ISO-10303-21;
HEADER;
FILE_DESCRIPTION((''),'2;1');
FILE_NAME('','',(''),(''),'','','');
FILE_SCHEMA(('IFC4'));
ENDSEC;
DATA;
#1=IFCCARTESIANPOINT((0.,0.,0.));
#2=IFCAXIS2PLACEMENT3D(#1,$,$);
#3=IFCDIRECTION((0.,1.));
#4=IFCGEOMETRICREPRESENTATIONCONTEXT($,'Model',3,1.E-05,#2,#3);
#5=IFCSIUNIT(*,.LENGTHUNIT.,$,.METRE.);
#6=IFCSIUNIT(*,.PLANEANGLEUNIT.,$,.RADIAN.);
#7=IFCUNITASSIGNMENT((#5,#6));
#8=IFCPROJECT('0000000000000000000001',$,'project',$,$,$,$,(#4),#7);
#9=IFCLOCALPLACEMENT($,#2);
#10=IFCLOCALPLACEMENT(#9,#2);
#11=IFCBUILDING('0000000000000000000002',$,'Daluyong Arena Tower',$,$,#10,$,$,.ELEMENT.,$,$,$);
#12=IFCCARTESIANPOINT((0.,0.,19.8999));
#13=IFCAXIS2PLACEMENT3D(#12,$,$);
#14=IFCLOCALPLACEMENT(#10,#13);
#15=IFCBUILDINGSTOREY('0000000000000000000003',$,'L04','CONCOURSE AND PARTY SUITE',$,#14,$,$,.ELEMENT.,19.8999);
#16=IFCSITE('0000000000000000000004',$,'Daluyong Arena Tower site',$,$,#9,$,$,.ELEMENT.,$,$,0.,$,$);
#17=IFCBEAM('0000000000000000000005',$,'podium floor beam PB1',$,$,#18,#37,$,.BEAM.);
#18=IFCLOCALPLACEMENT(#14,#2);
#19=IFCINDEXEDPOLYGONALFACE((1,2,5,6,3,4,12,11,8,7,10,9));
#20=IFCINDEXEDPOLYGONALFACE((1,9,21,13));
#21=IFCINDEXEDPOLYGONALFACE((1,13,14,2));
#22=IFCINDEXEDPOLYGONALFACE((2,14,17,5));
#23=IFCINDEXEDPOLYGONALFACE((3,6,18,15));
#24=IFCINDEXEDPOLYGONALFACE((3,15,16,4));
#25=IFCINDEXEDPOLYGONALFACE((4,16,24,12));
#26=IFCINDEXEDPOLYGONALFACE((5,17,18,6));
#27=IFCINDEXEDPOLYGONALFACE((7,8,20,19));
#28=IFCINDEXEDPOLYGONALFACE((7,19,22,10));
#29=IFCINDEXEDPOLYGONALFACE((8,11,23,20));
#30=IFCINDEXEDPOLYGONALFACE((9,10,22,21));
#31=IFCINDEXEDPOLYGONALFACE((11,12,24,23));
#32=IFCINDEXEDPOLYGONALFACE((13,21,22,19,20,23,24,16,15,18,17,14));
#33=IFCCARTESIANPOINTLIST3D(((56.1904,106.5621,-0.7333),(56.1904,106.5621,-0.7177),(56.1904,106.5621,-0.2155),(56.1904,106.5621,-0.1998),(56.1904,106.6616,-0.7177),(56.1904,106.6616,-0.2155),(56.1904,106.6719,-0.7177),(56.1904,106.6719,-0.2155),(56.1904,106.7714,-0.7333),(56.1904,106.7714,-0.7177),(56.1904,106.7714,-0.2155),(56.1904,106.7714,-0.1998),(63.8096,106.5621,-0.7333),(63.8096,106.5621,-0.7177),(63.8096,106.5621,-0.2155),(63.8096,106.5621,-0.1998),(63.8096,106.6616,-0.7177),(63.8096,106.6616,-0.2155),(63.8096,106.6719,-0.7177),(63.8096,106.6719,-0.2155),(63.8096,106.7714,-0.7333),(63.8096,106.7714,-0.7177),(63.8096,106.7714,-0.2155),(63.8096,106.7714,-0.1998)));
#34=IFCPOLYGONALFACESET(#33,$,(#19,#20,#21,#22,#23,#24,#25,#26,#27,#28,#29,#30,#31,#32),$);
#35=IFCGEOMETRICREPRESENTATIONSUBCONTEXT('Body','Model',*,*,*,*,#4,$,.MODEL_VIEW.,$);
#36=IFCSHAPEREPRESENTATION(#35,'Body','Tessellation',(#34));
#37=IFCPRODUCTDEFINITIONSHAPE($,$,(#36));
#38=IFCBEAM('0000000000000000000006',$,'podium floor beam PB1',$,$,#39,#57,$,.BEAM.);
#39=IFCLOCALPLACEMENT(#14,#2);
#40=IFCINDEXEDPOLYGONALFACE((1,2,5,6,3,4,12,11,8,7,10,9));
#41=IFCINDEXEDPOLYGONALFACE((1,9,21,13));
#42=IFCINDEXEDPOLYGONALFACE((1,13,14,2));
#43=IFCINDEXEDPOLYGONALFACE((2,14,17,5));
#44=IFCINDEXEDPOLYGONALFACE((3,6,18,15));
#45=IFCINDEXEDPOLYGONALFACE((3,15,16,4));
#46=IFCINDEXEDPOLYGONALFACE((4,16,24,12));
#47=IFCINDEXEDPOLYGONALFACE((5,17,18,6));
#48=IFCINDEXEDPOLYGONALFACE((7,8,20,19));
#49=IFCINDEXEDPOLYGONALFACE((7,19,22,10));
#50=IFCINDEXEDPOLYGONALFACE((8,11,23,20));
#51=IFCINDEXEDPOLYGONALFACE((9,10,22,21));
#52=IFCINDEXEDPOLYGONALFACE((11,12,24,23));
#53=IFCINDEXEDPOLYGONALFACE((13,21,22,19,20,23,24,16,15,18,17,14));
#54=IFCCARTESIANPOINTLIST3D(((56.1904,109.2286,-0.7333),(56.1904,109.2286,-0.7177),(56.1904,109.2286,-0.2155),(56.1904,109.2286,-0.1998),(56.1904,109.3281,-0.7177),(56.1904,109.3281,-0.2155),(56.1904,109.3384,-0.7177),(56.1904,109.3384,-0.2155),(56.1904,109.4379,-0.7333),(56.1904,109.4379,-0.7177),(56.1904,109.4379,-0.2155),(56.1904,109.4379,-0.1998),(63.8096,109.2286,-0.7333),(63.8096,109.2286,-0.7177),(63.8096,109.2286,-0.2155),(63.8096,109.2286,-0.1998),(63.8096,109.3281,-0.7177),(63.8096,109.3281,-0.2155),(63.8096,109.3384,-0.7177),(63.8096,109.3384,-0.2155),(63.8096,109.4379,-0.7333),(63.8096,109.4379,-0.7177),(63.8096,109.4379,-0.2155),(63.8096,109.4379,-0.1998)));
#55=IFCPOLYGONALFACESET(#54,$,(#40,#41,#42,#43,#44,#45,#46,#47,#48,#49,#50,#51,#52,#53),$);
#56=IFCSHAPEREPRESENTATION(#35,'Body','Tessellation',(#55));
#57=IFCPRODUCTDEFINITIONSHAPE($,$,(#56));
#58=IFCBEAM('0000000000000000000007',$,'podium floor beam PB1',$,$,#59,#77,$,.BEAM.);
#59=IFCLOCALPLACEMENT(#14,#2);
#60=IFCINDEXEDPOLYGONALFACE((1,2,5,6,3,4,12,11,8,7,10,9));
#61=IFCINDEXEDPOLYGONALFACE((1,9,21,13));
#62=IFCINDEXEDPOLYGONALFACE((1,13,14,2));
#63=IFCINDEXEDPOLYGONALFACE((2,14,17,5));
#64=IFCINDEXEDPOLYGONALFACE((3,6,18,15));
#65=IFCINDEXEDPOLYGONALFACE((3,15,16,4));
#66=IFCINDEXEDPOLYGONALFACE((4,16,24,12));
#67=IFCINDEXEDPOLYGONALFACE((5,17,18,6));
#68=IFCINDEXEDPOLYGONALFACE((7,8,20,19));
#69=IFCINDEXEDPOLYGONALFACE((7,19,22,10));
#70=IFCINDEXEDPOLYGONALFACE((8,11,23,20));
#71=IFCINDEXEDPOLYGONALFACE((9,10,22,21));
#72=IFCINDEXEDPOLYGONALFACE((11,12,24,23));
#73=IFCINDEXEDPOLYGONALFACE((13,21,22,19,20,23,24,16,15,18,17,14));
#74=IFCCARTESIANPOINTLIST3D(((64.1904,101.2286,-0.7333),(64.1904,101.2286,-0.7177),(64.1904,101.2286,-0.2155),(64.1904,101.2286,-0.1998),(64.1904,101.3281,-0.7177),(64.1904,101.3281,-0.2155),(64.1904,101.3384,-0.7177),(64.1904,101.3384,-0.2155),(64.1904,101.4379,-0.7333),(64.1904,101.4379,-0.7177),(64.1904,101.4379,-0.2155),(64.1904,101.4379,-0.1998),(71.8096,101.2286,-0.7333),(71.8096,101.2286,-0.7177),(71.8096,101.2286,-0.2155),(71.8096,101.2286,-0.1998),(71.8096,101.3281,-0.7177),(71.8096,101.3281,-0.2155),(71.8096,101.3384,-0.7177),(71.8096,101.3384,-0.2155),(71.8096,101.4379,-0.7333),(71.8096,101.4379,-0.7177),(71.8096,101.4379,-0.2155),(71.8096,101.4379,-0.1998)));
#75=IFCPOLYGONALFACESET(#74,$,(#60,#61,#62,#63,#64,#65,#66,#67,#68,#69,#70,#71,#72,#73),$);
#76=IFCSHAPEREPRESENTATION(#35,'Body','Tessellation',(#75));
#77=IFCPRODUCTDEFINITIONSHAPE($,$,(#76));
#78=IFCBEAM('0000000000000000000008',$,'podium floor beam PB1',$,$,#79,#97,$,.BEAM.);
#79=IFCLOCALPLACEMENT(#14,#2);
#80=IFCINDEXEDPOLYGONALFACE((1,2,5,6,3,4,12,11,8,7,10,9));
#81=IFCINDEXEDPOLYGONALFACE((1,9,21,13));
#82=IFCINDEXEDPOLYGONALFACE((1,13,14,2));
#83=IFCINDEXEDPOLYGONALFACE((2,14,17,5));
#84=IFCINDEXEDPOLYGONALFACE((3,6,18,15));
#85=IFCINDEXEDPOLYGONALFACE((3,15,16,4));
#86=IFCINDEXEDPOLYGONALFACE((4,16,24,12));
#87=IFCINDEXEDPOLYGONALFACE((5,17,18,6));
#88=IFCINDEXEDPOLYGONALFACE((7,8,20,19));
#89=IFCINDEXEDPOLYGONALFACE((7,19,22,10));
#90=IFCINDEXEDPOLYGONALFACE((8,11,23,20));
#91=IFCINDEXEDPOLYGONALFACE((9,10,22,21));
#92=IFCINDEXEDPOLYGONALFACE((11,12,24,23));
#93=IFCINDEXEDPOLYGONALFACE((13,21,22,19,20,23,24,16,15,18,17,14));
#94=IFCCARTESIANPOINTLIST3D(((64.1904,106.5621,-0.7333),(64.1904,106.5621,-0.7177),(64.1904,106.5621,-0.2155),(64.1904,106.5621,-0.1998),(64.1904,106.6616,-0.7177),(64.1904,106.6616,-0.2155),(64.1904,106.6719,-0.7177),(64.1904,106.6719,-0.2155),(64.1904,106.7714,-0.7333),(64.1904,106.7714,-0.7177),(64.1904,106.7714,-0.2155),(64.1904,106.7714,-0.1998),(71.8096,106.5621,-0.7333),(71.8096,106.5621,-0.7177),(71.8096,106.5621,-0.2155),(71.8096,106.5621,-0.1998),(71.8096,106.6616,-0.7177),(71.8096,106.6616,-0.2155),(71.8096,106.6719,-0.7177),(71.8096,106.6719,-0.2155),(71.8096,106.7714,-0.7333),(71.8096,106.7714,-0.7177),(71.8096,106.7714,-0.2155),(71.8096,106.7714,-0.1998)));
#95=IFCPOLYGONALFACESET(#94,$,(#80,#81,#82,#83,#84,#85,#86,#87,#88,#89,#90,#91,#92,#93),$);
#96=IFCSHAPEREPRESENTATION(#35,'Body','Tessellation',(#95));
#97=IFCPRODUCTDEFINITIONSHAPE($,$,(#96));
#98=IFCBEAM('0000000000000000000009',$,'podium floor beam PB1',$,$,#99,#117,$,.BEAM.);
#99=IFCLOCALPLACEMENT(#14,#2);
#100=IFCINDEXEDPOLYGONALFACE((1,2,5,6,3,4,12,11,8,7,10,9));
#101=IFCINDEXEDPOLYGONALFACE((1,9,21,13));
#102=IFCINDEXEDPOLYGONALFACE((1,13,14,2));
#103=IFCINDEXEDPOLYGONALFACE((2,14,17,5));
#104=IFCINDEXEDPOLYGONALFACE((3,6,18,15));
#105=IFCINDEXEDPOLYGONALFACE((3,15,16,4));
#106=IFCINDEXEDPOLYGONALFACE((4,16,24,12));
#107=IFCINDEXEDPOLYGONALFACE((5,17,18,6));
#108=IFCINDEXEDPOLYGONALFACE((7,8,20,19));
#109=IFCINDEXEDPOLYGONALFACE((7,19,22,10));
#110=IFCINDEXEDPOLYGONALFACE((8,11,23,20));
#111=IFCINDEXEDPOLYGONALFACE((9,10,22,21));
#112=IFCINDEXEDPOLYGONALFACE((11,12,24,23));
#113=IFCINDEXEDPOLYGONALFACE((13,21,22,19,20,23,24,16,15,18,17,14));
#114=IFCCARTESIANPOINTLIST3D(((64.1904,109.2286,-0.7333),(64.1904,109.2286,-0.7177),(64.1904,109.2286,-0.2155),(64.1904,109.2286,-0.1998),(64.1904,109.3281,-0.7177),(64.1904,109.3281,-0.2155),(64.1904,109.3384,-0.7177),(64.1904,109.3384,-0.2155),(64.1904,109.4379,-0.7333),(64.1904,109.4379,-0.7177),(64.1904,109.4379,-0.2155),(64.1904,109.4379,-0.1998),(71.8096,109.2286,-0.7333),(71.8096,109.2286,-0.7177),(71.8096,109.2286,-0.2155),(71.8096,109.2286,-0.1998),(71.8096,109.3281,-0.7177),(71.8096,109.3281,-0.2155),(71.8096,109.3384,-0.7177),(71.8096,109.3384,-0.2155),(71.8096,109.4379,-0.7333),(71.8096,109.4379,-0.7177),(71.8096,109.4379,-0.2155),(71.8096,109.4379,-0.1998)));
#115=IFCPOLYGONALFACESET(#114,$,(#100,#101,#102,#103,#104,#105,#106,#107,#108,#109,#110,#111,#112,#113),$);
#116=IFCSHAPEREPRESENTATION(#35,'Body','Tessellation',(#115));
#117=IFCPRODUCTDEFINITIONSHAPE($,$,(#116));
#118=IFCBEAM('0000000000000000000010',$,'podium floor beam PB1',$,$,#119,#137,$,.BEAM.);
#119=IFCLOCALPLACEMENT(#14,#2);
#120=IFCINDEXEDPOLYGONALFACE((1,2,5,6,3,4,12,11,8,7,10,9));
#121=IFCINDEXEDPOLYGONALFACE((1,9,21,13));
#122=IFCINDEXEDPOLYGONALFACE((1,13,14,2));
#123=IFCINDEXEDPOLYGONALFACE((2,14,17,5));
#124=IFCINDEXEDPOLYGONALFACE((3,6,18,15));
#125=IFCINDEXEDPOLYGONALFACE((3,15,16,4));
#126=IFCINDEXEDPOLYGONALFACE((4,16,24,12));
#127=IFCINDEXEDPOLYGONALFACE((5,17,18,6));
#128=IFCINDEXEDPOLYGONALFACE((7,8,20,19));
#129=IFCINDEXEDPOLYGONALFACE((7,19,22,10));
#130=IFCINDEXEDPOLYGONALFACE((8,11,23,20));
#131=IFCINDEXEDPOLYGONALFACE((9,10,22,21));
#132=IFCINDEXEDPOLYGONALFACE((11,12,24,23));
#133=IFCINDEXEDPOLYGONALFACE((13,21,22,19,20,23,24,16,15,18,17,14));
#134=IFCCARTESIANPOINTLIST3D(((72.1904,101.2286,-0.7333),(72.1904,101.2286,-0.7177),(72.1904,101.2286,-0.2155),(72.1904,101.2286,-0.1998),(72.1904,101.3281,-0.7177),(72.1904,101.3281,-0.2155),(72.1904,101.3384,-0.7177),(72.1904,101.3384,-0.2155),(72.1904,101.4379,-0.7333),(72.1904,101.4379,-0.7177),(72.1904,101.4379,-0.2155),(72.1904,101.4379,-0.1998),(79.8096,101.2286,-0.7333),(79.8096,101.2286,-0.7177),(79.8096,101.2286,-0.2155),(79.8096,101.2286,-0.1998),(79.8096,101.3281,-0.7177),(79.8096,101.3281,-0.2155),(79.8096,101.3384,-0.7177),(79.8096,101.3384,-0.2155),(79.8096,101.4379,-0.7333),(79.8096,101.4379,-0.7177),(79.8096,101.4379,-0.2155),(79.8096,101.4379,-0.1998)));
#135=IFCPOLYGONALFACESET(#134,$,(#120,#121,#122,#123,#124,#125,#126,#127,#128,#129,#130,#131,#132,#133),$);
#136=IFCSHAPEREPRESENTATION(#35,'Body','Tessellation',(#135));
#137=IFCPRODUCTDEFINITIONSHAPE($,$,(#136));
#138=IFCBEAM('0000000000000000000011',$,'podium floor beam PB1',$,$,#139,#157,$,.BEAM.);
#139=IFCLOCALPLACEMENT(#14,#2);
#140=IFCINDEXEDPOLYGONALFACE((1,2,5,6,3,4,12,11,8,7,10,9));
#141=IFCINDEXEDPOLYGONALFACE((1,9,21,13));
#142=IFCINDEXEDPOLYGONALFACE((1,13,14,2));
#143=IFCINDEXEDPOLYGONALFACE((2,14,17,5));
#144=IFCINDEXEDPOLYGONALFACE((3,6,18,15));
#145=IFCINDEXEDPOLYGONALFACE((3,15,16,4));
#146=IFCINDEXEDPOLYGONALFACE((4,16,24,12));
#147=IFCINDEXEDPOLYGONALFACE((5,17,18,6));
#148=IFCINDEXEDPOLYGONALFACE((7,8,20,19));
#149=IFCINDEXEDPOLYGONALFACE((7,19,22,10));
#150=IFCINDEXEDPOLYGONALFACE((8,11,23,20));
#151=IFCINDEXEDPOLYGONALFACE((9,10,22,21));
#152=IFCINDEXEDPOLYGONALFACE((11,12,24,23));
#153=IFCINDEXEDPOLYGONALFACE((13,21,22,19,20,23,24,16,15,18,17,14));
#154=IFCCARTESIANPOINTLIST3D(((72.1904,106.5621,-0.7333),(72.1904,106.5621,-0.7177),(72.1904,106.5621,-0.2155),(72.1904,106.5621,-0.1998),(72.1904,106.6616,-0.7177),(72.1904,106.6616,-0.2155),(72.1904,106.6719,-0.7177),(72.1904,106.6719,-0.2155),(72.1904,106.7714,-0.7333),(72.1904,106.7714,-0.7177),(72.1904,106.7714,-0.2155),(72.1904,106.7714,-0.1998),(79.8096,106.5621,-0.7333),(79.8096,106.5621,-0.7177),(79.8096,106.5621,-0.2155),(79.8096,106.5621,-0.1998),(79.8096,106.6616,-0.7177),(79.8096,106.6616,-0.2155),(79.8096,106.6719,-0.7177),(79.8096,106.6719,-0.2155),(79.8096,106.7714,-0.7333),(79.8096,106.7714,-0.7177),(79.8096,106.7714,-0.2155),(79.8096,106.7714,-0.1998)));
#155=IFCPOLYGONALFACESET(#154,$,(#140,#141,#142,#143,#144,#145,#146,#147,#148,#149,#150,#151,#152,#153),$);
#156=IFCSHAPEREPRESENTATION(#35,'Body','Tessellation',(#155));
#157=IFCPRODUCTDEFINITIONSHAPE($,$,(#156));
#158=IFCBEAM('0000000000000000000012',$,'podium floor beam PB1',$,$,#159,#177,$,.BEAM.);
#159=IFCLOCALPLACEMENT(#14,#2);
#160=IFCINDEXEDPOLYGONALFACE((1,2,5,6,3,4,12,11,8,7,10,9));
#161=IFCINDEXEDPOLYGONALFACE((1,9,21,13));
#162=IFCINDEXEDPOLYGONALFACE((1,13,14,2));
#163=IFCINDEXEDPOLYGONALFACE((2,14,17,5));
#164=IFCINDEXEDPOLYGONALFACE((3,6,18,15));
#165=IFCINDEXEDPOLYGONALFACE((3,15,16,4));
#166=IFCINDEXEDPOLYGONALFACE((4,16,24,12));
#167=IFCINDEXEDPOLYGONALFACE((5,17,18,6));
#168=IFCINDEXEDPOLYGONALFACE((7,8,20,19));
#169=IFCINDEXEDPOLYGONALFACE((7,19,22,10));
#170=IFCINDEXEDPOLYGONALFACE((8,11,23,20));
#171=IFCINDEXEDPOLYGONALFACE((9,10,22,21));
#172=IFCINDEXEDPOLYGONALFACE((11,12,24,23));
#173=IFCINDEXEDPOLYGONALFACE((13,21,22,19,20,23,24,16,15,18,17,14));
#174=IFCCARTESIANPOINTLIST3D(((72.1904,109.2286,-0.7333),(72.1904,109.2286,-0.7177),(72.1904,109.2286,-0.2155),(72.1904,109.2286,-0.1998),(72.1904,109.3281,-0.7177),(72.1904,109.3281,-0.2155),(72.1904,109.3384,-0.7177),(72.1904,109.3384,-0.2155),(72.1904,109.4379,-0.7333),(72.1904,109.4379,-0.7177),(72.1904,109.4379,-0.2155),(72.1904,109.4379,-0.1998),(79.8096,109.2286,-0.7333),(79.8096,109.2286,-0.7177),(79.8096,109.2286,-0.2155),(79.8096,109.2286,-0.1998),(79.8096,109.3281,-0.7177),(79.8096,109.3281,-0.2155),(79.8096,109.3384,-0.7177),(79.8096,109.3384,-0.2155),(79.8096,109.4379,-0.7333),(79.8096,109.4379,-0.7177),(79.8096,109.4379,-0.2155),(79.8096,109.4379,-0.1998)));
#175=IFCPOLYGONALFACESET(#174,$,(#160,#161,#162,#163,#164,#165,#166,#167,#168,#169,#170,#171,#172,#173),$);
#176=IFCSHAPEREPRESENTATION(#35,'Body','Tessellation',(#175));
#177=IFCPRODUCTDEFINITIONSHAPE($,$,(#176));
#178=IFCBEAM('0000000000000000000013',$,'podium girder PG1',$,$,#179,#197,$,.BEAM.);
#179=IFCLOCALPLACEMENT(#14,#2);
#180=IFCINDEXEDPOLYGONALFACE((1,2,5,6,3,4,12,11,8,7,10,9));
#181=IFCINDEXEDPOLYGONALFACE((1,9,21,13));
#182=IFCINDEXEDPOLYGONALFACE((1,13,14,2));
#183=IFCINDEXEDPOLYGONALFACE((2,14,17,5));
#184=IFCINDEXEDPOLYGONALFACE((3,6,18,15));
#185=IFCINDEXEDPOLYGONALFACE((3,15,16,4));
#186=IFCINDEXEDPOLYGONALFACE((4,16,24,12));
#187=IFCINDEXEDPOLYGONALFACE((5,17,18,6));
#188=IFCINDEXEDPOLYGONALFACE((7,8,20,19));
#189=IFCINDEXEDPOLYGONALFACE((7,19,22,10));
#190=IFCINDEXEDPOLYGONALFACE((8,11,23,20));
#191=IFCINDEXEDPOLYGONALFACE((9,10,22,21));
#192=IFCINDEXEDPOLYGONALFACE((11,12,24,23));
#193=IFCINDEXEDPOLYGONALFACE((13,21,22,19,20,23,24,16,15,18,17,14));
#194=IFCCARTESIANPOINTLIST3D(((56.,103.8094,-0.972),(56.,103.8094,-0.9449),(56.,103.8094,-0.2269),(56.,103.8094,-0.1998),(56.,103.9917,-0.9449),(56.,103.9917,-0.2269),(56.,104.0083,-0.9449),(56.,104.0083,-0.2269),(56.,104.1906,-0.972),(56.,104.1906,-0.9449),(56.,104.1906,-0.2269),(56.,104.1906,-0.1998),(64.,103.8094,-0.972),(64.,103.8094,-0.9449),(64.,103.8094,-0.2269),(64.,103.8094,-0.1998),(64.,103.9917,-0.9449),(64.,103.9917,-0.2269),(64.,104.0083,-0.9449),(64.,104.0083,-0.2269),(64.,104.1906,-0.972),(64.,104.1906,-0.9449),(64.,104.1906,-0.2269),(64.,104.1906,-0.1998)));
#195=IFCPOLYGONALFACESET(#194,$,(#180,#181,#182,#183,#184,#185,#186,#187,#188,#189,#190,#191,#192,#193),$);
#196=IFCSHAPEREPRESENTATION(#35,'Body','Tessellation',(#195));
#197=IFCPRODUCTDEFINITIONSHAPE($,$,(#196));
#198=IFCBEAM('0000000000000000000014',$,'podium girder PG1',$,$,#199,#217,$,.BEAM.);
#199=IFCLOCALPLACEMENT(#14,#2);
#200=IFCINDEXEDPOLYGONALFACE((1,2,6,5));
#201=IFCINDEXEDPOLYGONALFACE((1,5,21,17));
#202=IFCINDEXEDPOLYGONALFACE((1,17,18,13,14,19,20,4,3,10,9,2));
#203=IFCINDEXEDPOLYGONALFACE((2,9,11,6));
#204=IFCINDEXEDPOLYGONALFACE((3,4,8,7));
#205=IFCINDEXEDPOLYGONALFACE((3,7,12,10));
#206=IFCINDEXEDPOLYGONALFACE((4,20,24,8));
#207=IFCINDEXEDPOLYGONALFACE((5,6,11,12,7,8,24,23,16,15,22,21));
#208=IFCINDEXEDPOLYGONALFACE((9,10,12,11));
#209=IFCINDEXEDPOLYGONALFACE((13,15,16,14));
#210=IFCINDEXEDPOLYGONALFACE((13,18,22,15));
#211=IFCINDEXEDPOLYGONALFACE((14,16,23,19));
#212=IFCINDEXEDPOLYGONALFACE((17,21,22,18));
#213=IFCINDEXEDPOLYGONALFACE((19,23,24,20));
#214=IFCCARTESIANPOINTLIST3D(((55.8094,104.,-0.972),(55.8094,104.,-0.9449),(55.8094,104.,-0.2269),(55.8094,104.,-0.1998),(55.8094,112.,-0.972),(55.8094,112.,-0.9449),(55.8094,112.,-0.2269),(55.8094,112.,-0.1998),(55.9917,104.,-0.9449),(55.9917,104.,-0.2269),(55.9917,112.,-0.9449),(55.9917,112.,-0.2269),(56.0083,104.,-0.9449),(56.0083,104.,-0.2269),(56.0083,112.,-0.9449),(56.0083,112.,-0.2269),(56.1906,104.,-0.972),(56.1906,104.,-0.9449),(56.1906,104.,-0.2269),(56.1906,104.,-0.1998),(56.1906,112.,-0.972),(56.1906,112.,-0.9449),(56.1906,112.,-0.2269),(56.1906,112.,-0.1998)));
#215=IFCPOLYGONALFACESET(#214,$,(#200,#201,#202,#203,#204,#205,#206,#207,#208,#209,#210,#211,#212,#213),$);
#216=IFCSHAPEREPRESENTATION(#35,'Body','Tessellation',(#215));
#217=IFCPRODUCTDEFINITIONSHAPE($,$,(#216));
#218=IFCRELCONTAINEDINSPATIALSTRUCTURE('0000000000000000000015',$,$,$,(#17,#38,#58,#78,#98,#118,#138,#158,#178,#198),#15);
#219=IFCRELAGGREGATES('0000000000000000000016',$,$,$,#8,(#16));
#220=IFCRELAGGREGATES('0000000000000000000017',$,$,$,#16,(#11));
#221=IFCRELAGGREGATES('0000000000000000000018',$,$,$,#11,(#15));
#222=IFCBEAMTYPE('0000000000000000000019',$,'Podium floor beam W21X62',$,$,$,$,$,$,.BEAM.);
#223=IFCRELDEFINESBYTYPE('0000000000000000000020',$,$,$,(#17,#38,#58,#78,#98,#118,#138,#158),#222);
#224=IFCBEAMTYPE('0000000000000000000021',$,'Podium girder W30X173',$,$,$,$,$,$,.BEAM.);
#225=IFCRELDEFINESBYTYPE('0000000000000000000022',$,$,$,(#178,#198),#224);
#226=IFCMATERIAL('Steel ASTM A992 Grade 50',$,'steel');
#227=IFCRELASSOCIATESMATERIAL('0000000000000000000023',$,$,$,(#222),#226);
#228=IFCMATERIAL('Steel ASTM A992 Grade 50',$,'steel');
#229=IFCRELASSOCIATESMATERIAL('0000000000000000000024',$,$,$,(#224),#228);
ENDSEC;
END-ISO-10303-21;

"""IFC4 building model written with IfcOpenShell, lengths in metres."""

from ifc_helpers import new_model, si_unit, direction, frame, origin, origin_2d, place, context, subcontext, project, spatial, i_section, extrude, material, material_profile, profile_set, type_object, element, save


model = new_model("IFC4")

# Units and contexts
model_context = context("Model", 3, precision=1e-05, world=origin(), true_north=direction((0.0, 1.0)))
body_context = subcontext(model_context, "Body", "Model", "MODEL_VIEW")
ifc_project = project(units=[si_unit("LENGTHUNIT", "METRE"), si_unit("PLANEANGLEUNIT", "RADIAN")], contexts=[model_context])

# Site, building, storey
site_placement = place(None, origin())
site = spatial("IfcSite", under=ifc_project, at=site_placement, Name="Daluyong Arena Tower site", CompositionType="ELEMENT", RefElevation=0.0)
building_placement = place(site_placement, origin())
building = spatial("IfcBuilding", under=site, at=building_placement, Name="Daluyong Arena Tower", CompositionType="ELEMENT")
storey_placement = place(building_placement, frame((0.0, 0.0, 19.8999)))
storey = spatial("IfcBuildingStorey", under=building, at=storey_placement, Name="L04", Description="CONCOURSE AND PARTY SUITE", CompositionType="ELEMENT", Elevation=19.8999)

# Beams
ifc_material_1 = material(Name="Steel ASTM A992 Grade 50", Category="steel")
ifc_material_profile_1 = material_profile(ifc_material_1, i_section(OverallWidth=0.2092, OverallDepth=0.5334, WebThickness=0.0103, FlangeThickness=0.0156, at=origin_2d()))
ifc_profile_set_1 = profile_set([ifc_material_profile_1], Name="Steel ASTM A992 Grade 50")
beam_type_1 = type_object("IfcBeamType", Name="Podium floor beam W21X62", PredefinedType="BEAM", material=ifc_profile_set_1)
for number, where, z_axis, x_axis, name in (
    (1, (56.1904, 106.6667, -0.4666), (1.0, 0.0, 0.0), (0.0, 1.0, 0.0), "podium floor beam PB1"),
    (2, (56.1904, 109.3333, -0.4666), (1.0, 0.0, 0.0), (0.0, 1.0, 0.0), "podium floor beam PB1"),
    (3, (64.1904, 101.3333, -0.4666), (1.0, 0.0, 0.0), (0.0, 1.0, 0.0), "podium floor beam PB1"),
    (4, (64.1904, 106.6667, -0.4666), (1.0, 0.0, 0.0), (0.0, 1.0, 0.0), "podium floor beam PB1"),
    (5, (64.1904, 109.3333, -0.4666), (1.0, 0.0, 0.0), (0.0, 1.0, 0.0), "podium floor beam PB1"),
    (6, (72.1904, 101.3333, -0.4666), (1.0, 0.0, 0.0), (0.0, 1.0, 0.0), "podium floor beam PB1"),
    (7, (72.1904, 106.6667, -0.4666), (1.0, 0.0, 0.0), (0.0, 1.0, 0.0), "podium floor beam PB1"),
    (8, (72.1904, 109.3333, -0.4666), (1.0, 0.0, 0.0), (0.0, 1.0, 0.0), "podium floor beam PB1"),
):
    element("IfcBeam", number, at=place(storey_placement, frame(where, z_axis=z_axis, x_axis=x_axis)), inside=storey, type_object=beam_type_1, Name=name, PredefinedType="BEAM", context=body_context, shape_type="SweptSolid", body=[
        extrude(i_section(OverallWidth=0.2092, OverallDepth=0.5334, WebThickness=0.0103, FlangeThickness=0.0156, at=origin_2d()), origin(), (0.0, 0.0, 1.0), 7.6191),
    ])
ifc_material_2 = material(Name="Steel ASTM A992 Grade 50", Category="steel")
ifc_material_profile_2 = material_profile(ifc_material_2, i_section(OverallWidth=0.3811, OverallDepth=0.7722, WebThickness=0.0166, FlangeThickness=0.0271, at=origin_2d()))
ifc_profile_set_2 = profile_set([ifc_material_profile_2], Name="Steel ASTM A992 Grade 50")
beam_type_2 = type_object("IfcBeamType", Name="Podium girder W30X173", PredefinedType="BEAM", material=ifc_profile_set_2)
for number, where, z_axis, x_axis, name in (
    (9, (56.0, 104.0, -0.5859), (1.0, 0.0, 0.0), (0.0, 1.0, 0.0), "podium girder PG1"),
    (10, (56.0, 104.0, -0.5859), (0.0, 1.0, 0.0), (-1.0, 0.0, 0.0), "podium girder PG1"),
):
    element("IfcBeam", number, at=place(storey_placement, frame(where, z_axis=z_axis, x_axis=x_axis)), inside=storey, type_object=beam_type_2, Name=name, PredefinedType="BEAM", context=body_context, shape_type="SweptSolid", body=[
        extrude(i_section(OverallWidth=0.3811, OverallDepth=0.7722, WebThickness=0.0166, FlangeThickness=0.0271, at=origin_2d()), origin(), (0.0, 0.0, 1.0), 8.0),
    ])

save(model, "model.ifc")
